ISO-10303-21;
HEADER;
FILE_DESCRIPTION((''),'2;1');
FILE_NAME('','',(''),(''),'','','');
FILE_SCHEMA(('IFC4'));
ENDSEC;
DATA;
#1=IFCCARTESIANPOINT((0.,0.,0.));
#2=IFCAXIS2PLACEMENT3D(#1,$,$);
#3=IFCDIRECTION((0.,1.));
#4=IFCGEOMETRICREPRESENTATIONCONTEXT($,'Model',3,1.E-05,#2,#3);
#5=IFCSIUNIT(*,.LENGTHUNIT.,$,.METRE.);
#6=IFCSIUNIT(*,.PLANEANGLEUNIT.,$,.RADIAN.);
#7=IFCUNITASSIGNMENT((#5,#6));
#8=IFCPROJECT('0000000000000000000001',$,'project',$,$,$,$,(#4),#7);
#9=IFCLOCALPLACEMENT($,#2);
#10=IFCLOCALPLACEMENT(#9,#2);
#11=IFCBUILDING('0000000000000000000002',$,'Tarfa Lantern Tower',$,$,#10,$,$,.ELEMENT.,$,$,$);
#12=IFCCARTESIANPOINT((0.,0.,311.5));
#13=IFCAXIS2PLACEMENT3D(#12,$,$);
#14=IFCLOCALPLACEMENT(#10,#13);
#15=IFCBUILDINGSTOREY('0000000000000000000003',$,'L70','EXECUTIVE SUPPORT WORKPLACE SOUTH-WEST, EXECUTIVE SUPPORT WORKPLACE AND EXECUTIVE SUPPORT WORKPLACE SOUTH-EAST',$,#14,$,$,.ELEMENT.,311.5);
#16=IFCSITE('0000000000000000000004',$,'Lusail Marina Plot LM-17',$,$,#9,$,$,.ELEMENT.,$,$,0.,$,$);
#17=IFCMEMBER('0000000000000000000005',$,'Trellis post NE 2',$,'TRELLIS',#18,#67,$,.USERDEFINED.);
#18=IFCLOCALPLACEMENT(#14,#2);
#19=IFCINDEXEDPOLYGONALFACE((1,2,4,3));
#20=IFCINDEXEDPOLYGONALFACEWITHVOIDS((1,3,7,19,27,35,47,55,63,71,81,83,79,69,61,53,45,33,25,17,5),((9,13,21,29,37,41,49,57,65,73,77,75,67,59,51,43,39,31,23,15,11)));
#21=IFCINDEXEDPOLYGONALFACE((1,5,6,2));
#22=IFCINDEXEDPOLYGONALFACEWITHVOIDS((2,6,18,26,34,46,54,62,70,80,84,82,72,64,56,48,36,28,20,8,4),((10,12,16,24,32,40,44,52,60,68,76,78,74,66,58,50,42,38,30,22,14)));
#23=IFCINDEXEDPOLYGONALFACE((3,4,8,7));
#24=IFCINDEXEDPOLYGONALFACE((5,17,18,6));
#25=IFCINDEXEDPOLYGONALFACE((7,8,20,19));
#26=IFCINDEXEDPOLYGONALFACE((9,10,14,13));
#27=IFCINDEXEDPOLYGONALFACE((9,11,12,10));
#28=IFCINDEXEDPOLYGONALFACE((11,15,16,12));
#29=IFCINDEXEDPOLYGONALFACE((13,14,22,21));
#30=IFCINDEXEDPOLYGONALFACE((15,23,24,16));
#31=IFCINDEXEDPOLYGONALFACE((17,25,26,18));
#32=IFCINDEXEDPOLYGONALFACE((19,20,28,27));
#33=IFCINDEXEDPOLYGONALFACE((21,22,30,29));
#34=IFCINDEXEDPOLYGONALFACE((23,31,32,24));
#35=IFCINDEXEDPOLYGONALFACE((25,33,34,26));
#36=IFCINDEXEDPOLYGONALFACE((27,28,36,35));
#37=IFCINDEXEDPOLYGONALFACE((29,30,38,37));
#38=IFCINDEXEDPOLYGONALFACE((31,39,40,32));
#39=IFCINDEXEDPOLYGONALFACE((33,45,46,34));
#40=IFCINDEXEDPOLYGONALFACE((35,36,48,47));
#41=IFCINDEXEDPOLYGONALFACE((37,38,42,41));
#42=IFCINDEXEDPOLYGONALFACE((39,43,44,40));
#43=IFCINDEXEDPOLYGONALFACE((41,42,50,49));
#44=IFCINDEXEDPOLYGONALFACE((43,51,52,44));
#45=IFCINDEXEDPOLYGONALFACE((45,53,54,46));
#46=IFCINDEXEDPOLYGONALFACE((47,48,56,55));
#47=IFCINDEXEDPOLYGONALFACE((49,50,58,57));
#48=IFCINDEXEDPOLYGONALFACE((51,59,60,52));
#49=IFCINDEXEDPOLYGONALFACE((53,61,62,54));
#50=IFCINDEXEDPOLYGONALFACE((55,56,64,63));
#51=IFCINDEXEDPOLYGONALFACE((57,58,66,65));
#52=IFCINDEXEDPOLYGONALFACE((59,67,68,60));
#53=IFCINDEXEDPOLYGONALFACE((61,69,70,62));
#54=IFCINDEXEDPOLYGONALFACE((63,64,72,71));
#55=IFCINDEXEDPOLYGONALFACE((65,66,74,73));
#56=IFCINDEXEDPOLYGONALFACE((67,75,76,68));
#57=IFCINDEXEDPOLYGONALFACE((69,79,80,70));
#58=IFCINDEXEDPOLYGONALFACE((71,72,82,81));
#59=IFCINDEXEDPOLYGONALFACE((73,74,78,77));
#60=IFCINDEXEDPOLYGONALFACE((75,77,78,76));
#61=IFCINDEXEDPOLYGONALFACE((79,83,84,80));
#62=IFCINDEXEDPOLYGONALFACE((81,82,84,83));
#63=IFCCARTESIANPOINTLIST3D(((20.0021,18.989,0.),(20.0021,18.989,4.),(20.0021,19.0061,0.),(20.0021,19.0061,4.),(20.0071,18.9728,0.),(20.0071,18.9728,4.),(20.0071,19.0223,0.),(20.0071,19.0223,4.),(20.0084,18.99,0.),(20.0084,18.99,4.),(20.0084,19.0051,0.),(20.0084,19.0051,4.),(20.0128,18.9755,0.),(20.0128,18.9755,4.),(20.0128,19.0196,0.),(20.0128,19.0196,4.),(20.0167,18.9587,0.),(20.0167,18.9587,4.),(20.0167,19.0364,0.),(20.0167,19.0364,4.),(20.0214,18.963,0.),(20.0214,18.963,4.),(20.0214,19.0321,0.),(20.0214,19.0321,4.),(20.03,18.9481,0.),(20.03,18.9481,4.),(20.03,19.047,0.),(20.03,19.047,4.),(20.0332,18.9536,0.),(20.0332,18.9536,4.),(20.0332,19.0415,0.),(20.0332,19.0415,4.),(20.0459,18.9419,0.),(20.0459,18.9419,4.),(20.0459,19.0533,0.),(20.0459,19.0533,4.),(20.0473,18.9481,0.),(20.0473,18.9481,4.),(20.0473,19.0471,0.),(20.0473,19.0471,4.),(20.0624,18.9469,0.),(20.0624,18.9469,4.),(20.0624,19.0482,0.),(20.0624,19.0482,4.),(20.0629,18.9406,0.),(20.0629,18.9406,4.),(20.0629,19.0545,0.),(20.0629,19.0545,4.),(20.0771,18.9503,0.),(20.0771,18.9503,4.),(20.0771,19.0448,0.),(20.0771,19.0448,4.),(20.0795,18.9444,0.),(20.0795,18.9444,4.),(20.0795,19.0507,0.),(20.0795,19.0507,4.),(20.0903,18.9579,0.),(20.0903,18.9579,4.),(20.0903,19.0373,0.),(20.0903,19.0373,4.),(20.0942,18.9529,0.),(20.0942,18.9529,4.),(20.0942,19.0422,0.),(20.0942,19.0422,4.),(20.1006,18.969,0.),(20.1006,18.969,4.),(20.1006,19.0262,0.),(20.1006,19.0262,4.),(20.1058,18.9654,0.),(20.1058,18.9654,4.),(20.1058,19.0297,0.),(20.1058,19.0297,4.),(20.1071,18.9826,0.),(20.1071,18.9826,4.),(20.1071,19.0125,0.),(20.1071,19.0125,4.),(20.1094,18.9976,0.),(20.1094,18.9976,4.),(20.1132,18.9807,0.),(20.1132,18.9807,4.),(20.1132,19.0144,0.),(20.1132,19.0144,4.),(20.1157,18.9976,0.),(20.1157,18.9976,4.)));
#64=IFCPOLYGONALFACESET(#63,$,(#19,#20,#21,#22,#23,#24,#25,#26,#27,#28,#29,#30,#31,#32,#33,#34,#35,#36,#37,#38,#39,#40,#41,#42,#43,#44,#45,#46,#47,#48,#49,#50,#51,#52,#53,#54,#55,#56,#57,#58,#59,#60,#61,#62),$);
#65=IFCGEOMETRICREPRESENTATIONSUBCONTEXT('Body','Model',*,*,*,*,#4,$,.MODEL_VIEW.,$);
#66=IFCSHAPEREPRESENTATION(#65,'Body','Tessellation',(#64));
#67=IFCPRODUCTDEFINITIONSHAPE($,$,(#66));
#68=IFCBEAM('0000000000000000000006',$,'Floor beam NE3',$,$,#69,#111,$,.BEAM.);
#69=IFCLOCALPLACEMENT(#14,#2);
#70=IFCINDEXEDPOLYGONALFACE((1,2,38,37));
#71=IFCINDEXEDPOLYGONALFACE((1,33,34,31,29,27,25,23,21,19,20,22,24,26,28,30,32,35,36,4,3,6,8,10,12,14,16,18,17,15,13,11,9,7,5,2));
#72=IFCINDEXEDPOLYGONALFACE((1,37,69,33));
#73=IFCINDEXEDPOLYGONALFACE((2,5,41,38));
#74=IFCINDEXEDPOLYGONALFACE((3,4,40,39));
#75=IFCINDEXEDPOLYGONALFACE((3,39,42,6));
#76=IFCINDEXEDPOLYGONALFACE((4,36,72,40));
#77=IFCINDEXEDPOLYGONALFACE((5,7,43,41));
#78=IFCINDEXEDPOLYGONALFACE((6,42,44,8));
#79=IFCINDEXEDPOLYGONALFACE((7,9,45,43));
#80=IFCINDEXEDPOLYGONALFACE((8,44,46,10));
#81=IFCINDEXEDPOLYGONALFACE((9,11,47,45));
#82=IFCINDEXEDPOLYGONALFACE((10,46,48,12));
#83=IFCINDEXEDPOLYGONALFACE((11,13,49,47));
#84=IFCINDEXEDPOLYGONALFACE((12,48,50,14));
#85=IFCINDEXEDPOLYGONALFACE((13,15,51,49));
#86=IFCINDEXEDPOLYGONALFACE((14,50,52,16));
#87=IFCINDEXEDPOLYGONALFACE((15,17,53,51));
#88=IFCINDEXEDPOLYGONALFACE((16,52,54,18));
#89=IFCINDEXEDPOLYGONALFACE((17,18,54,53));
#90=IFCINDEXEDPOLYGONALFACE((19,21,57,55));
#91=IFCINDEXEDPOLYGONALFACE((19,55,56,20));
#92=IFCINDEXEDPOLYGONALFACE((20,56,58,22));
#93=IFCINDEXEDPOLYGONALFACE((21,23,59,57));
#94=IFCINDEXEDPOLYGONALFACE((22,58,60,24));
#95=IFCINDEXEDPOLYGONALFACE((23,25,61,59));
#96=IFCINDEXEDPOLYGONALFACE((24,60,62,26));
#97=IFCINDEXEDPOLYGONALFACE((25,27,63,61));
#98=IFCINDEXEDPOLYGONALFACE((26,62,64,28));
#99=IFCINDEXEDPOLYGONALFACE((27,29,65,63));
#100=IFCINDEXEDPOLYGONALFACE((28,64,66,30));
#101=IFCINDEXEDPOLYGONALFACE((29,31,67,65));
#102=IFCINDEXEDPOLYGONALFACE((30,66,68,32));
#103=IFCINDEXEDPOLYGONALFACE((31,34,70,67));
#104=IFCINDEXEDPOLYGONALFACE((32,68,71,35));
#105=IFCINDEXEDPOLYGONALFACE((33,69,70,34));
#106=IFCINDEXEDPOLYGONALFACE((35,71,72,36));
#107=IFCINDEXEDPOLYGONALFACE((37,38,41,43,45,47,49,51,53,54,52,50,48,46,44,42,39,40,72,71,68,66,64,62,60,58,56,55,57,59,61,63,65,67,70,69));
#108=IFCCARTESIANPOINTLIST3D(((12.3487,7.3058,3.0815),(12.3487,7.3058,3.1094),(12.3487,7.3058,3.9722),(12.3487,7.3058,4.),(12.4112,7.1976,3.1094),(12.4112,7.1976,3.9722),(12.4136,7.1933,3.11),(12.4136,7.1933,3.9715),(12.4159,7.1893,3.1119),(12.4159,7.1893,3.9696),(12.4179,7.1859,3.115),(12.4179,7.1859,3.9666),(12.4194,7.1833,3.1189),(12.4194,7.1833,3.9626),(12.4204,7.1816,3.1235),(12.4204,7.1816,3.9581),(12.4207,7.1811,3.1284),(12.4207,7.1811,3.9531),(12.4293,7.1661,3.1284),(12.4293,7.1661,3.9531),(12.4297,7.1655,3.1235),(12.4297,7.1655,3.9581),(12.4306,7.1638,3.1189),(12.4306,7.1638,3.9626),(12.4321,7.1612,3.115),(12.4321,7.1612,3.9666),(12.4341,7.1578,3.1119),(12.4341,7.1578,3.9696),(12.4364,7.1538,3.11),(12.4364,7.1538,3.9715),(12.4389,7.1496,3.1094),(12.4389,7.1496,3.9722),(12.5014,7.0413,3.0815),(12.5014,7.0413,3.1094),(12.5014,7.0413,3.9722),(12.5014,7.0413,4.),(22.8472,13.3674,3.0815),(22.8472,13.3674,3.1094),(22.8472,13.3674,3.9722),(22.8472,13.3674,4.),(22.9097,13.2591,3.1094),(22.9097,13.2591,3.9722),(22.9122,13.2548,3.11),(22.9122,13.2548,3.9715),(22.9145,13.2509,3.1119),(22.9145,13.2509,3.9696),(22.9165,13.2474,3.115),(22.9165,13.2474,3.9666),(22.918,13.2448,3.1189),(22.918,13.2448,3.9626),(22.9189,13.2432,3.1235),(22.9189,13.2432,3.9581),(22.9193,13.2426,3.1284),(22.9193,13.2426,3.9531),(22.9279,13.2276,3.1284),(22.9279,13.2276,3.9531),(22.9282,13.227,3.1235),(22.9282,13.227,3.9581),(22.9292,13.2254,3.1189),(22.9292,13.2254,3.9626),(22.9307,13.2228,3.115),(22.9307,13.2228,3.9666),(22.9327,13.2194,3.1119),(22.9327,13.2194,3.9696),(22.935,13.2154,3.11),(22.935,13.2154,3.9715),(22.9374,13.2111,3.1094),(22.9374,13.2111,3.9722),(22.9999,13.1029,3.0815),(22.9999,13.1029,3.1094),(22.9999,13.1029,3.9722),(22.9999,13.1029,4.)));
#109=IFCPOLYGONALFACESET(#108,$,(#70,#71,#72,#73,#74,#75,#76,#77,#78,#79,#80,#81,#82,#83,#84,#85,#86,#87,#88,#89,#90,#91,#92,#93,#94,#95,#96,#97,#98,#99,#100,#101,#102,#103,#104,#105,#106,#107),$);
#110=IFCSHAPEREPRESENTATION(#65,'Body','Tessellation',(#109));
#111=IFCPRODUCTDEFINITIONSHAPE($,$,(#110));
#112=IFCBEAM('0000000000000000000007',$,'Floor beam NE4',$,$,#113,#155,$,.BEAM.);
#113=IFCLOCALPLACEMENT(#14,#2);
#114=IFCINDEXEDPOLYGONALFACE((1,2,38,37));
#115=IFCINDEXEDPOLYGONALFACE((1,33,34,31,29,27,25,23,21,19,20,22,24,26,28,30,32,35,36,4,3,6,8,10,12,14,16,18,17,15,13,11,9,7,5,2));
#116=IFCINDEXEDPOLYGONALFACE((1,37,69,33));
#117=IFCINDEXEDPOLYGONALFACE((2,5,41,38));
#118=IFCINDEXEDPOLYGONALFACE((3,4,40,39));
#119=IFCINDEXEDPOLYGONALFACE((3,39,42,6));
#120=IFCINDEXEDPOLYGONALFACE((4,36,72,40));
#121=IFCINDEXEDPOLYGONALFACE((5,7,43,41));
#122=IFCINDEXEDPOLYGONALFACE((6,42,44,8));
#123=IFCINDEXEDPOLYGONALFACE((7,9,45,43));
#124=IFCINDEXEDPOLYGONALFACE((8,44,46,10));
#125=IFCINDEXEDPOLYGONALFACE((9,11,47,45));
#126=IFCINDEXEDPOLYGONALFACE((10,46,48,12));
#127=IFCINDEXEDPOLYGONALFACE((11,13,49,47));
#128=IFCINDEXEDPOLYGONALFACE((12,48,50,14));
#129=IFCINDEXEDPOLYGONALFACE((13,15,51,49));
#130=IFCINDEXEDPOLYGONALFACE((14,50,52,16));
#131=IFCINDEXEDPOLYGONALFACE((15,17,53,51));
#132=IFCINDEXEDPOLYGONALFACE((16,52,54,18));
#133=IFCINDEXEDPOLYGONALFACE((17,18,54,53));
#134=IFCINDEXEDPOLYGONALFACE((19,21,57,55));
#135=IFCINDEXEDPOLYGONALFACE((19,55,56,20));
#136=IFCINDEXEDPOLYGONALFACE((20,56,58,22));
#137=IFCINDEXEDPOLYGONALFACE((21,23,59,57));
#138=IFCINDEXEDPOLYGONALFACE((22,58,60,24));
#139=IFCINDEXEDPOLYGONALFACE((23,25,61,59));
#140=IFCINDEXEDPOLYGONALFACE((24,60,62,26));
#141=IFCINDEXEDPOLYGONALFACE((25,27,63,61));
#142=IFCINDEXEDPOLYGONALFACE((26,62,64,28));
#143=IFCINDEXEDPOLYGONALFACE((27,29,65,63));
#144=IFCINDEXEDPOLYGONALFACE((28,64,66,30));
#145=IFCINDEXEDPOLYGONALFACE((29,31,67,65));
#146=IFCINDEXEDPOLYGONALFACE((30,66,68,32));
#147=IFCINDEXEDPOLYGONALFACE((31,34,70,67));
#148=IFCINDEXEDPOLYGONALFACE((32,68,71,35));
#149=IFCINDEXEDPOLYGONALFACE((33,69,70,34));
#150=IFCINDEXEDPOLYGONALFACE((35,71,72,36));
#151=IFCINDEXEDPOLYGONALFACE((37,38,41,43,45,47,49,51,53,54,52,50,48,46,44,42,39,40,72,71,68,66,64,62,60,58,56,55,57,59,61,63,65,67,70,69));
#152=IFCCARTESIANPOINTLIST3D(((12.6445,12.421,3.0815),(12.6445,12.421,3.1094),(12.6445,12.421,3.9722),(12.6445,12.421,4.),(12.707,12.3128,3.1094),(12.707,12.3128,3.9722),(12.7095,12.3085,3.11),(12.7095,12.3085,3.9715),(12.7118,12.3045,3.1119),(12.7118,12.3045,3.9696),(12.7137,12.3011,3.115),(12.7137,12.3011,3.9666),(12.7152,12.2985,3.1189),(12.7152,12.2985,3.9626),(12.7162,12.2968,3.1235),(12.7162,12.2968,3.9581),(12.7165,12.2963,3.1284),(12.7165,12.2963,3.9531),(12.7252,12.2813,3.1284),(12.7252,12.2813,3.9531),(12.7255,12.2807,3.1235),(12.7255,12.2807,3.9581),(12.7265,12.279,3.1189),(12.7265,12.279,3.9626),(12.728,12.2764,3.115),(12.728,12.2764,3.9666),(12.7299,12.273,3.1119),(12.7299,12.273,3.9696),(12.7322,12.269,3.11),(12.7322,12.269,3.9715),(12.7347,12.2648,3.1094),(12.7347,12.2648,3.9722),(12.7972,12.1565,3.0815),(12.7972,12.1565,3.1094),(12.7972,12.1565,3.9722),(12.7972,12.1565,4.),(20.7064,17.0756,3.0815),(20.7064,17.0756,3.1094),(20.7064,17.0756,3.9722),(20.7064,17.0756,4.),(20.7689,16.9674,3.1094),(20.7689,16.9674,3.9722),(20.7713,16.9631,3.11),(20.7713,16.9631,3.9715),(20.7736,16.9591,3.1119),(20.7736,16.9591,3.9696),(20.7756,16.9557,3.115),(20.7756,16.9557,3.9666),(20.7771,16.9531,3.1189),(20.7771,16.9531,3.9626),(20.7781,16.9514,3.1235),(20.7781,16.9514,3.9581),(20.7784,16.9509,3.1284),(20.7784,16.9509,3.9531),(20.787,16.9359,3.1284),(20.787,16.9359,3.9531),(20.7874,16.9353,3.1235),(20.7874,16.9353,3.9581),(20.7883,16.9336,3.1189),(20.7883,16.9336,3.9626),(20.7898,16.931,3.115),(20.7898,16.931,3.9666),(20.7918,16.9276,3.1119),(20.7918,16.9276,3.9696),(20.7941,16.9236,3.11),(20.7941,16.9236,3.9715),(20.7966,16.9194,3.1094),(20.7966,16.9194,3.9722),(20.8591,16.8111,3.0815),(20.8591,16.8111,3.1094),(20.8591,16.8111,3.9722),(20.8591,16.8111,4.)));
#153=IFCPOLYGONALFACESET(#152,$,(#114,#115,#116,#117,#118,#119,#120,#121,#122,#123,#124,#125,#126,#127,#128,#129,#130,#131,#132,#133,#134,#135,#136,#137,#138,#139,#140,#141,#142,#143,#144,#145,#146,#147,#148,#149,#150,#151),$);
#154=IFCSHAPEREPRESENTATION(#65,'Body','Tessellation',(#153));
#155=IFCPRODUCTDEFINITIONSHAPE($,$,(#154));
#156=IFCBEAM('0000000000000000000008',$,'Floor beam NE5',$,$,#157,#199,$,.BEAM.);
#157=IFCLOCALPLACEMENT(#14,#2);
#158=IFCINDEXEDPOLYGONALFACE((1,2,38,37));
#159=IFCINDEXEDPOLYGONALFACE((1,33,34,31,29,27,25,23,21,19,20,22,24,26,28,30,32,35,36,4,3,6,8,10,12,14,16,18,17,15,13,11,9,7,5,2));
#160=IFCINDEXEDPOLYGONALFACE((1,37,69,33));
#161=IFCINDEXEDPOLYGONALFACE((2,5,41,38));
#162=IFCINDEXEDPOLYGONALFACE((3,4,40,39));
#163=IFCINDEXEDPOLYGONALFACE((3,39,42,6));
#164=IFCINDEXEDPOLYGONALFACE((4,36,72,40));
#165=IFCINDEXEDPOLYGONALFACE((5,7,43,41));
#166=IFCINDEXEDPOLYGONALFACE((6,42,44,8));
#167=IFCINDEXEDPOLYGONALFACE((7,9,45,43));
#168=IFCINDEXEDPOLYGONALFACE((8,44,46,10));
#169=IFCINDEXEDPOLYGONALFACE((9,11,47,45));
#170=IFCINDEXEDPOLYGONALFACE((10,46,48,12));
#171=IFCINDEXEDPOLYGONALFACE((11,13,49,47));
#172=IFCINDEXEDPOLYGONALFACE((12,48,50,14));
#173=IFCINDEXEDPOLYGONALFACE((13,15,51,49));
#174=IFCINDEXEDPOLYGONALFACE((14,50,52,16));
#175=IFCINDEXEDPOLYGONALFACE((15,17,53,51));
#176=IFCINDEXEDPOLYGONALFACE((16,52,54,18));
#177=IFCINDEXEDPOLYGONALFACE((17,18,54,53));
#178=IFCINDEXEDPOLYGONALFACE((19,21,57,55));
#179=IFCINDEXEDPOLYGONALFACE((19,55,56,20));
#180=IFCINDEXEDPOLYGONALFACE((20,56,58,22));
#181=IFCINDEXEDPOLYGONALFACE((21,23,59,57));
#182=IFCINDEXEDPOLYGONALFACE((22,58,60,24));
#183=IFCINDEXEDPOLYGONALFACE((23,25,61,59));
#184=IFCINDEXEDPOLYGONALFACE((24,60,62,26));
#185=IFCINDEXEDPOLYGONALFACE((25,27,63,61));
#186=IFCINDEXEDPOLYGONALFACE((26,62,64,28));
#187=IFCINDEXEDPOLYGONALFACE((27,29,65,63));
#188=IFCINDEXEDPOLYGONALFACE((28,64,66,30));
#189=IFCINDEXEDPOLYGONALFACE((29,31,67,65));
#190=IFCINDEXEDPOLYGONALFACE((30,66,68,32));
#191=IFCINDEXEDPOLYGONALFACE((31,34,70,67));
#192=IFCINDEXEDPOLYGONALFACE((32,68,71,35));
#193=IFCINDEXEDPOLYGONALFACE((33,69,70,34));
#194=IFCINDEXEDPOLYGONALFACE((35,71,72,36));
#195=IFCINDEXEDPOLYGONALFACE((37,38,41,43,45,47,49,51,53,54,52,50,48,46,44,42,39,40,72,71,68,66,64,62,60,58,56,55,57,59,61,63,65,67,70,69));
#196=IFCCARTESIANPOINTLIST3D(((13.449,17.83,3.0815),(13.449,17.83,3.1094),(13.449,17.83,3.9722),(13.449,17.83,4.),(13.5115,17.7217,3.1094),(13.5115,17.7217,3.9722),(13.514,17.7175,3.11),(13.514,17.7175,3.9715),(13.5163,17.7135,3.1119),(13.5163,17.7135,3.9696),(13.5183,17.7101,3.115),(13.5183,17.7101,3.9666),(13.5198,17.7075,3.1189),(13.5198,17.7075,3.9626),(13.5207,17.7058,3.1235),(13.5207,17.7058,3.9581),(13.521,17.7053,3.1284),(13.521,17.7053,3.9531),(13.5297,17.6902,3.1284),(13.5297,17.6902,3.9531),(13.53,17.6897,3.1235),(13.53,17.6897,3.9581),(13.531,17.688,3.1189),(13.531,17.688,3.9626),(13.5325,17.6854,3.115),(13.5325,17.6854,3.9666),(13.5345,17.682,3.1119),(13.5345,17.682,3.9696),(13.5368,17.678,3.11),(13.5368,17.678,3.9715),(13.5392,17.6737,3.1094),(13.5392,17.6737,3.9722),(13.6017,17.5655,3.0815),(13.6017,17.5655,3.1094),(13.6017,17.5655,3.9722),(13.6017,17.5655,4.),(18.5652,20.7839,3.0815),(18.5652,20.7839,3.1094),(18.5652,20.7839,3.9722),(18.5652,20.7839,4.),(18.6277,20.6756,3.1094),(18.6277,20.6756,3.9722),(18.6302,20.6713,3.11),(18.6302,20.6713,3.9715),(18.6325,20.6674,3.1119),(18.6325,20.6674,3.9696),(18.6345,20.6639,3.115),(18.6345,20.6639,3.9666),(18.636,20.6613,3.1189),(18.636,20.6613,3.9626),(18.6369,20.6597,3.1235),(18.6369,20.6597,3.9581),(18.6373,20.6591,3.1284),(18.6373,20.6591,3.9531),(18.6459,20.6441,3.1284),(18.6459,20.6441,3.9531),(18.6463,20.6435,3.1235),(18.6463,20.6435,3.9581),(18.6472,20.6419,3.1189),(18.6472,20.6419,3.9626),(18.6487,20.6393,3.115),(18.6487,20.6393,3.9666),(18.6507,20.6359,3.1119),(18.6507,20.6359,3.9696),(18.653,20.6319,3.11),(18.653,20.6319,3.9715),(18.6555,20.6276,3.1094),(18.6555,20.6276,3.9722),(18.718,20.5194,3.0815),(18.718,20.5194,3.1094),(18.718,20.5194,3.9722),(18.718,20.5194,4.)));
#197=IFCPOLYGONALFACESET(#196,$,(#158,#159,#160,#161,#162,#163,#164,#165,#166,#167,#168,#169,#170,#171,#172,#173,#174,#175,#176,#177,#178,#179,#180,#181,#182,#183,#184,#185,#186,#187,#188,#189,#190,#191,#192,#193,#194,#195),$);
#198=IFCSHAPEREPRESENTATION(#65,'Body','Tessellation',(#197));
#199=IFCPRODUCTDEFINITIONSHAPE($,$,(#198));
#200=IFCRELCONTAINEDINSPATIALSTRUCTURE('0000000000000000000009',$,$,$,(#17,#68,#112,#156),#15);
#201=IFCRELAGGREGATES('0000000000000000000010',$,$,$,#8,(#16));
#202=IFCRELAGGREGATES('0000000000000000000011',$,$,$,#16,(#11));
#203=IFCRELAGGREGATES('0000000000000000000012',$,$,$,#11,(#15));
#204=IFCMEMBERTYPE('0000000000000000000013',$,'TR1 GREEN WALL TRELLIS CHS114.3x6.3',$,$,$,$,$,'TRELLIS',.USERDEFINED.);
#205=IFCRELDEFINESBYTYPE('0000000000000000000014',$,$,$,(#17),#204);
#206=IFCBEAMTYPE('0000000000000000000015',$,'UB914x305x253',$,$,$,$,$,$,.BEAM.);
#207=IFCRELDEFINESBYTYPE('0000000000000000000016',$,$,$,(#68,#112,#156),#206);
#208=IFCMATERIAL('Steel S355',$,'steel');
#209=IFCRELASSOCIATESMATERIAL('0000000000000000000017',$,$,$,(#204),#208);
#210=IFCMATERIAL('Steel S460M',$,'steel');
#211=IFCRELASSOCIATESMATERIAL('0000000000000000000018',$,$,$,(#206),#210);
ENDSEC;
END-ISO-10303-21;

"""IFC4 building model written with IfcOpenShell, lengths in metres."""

from ifc_helpers import new_model, si_unit, direction, frame, origin, origin_2d, place, context, subcontext, project, spatial, hollow_circle, i_section, extrude, material, material_profile, profile_set, type_object, element, save


model = new_model("IFC4")

# Units and contexts
model_context = context("Model", 3, precision=1e-05, world=origin(), true_north=direction((0.0, 1.0)))
body_context = subcontext(model_context, "Body", "Model", "MODEL_VIEW")
ifc_project = project(units=[si_unit("LENGTHUNIT", "METRE"), si_unit("PLANEANGLEUNIT", "RADIAN")], contexts=[model_context])

# Site, building, storey
site_placement = place(None, origin())
site = spatial("IfcSite", under=ifc_project, at=site_placement, Name="Lusail Marina Plot LM-17", CompositionType="ELEMENT", RefElevation=0.0)
building_placement = place(site_placement, origin())
building = spatial("IfcBuilding", under=site, at=building_placement, Name="Tarfa Lantern Tower", CompositionType="ELEMENT")
storey_placement = place(building_placement, frame((0.0, 0.0, 311.5)))
storey = spatial("IfcBuildingStorey", under=building, at=storey_placement, Name="L70", Description="EXECUTIVE SUPPORT WORKPLACE SOUTH-WEST, EXECUTIVE SUPPORT WORKPLACE AND EXECUTIVE SUPPORT WORKPLACE SOUTH-EAST", CompositionType="ELEMENT", Elevation=311.5)

# Shared definitions
ifc_material_1 = material(Name="Steel S460M", Category="steel")

# Member
ifc_material_2 = material(Name="Steel S355", Category="steel")
ifc_material_profile_1 = material_profile(ifc_material_2, hollow_circle(Radius=0.0571, WallThickness=0.0063, at=origin_2d()), Name="CHS114.3x6.3")
ifc_profile_set_1 = profile_set([ifc_material_profile_1], Name="Steel S355")
member_type_1 = type_object("IfcMemberType", Name="TR1 GREEN WALL TRELLIS CHS114.3x6.3", ElementType="TRELLIS", PredefinedType="USERDEFINED", material=ifc_profile_set_1)
member_1_placement = place(storey_placement, frame((20.0586, 18.9976, 0.0), z_axis=(0.0, 0.0, 1.0), x_axis=(1.0, 0.0, 0.0)))
element("IfcMember", 1, at=member_1_placement, inside=storey, type_object=member_type_1, Name="Trellis post NE 2", ObjectType="TRELLIS", PredefinedType="USERDEFINED", context=body_context, shape_type="SweptSolid", body=[
    extrude(hollow_circle(Radius=0.0571, WallThickness=0.0063, at=origin_2d()), origin(), (0.0, 0.0, 1.0), 4.0),
])

# Beams
ifc_material_profile_2 = material_profile(ifc_material_1, i_section(OverallWidth=0.3054, OverallDepth=0.9185, WebThickness=0.0173, FlangeThickness=0.0278, FilletRadius=0.019, at=origin_2d()), Name="UB914x305x253")
ifc_profile_set_2 = profile_set([ifc_material_profile_2], Name="Steel S460M")
beam_type_1 = type_object("IfcBeamType", Name="UB914x305x253", PredefinedType="BEAM", material=ifc_profile_set_2)
beam_1_placement = place(storey_placement, frame((22.9236, 13.2351, 3.5408), z_axis=(-0.866019, -0.500012, 0.0), x_axis=(0.500012, -0.866019, 0.0)))
element("IfcBeam", 2, at=beam_1_placement, inside=storey, type_object=beam_type_1, Name="Floor beam NE3", PredefinedType="BEAM", context=body_context, shape_type="SweptSolid", body=[
    extrude(i_section(OverallWidth=0.3054, OverallDepth=0.9185, WebThickness=0.0173, FlangeThickness=0.0278, FilletRadius=0.019, at=origin_2d()), origin(), (0.0, 0.0, 1.0), 12.1228),
])
beam_2_placement = place(storey_placement, frame((20.7827, 16.9434, 3.5408), z_axis=(-0.866022, -0.500006, 0.0), x_axis=(0.500006, -0.866022, 0.0)))
element("IfcBeam", 3, at=beam_2_placement, inside=storey, type_object=beam_type_1, Name="Floor beam NE4", PredefinedType="BEAM", context=body_context, shape_type="SweptSolid", body=[
    extrude(i_section(OverallWidth=0.3054, OverallDepth=0.9185, WebThickness=0.0173, FlangeThickness=0.0278, FilletRadius=0.019, at=origin_2d()), origin(), (0.0, 0.0, 1.0), 9.3091),
])
beam_3_placement = place(storey_placement, frame((18.6416, 20.6516, 3.5408), z_axis=(-0.866025, -0.500001, 0.0), x_axis=(0.500001, -0.866025, 0.0)))
element("IfcBeam", 4, at=beam_3_placement, inside=storey, type_object=beam_type_1, Name="Floor beam NE5", PredefinedType="BEAM", context=body_context, shape_type="SweptSolid", body=[
    extrude(i_section(OverallWidth=0.3054, OverallDepth=0.9185, WebThickness=0.0173, FlangeThickness=0.0278, FilletRadius=0.019, at=origin_2d()), origin(), (0.0, 0.0, 1.0), 5.9077),
])

save(model, "model.ifc")
